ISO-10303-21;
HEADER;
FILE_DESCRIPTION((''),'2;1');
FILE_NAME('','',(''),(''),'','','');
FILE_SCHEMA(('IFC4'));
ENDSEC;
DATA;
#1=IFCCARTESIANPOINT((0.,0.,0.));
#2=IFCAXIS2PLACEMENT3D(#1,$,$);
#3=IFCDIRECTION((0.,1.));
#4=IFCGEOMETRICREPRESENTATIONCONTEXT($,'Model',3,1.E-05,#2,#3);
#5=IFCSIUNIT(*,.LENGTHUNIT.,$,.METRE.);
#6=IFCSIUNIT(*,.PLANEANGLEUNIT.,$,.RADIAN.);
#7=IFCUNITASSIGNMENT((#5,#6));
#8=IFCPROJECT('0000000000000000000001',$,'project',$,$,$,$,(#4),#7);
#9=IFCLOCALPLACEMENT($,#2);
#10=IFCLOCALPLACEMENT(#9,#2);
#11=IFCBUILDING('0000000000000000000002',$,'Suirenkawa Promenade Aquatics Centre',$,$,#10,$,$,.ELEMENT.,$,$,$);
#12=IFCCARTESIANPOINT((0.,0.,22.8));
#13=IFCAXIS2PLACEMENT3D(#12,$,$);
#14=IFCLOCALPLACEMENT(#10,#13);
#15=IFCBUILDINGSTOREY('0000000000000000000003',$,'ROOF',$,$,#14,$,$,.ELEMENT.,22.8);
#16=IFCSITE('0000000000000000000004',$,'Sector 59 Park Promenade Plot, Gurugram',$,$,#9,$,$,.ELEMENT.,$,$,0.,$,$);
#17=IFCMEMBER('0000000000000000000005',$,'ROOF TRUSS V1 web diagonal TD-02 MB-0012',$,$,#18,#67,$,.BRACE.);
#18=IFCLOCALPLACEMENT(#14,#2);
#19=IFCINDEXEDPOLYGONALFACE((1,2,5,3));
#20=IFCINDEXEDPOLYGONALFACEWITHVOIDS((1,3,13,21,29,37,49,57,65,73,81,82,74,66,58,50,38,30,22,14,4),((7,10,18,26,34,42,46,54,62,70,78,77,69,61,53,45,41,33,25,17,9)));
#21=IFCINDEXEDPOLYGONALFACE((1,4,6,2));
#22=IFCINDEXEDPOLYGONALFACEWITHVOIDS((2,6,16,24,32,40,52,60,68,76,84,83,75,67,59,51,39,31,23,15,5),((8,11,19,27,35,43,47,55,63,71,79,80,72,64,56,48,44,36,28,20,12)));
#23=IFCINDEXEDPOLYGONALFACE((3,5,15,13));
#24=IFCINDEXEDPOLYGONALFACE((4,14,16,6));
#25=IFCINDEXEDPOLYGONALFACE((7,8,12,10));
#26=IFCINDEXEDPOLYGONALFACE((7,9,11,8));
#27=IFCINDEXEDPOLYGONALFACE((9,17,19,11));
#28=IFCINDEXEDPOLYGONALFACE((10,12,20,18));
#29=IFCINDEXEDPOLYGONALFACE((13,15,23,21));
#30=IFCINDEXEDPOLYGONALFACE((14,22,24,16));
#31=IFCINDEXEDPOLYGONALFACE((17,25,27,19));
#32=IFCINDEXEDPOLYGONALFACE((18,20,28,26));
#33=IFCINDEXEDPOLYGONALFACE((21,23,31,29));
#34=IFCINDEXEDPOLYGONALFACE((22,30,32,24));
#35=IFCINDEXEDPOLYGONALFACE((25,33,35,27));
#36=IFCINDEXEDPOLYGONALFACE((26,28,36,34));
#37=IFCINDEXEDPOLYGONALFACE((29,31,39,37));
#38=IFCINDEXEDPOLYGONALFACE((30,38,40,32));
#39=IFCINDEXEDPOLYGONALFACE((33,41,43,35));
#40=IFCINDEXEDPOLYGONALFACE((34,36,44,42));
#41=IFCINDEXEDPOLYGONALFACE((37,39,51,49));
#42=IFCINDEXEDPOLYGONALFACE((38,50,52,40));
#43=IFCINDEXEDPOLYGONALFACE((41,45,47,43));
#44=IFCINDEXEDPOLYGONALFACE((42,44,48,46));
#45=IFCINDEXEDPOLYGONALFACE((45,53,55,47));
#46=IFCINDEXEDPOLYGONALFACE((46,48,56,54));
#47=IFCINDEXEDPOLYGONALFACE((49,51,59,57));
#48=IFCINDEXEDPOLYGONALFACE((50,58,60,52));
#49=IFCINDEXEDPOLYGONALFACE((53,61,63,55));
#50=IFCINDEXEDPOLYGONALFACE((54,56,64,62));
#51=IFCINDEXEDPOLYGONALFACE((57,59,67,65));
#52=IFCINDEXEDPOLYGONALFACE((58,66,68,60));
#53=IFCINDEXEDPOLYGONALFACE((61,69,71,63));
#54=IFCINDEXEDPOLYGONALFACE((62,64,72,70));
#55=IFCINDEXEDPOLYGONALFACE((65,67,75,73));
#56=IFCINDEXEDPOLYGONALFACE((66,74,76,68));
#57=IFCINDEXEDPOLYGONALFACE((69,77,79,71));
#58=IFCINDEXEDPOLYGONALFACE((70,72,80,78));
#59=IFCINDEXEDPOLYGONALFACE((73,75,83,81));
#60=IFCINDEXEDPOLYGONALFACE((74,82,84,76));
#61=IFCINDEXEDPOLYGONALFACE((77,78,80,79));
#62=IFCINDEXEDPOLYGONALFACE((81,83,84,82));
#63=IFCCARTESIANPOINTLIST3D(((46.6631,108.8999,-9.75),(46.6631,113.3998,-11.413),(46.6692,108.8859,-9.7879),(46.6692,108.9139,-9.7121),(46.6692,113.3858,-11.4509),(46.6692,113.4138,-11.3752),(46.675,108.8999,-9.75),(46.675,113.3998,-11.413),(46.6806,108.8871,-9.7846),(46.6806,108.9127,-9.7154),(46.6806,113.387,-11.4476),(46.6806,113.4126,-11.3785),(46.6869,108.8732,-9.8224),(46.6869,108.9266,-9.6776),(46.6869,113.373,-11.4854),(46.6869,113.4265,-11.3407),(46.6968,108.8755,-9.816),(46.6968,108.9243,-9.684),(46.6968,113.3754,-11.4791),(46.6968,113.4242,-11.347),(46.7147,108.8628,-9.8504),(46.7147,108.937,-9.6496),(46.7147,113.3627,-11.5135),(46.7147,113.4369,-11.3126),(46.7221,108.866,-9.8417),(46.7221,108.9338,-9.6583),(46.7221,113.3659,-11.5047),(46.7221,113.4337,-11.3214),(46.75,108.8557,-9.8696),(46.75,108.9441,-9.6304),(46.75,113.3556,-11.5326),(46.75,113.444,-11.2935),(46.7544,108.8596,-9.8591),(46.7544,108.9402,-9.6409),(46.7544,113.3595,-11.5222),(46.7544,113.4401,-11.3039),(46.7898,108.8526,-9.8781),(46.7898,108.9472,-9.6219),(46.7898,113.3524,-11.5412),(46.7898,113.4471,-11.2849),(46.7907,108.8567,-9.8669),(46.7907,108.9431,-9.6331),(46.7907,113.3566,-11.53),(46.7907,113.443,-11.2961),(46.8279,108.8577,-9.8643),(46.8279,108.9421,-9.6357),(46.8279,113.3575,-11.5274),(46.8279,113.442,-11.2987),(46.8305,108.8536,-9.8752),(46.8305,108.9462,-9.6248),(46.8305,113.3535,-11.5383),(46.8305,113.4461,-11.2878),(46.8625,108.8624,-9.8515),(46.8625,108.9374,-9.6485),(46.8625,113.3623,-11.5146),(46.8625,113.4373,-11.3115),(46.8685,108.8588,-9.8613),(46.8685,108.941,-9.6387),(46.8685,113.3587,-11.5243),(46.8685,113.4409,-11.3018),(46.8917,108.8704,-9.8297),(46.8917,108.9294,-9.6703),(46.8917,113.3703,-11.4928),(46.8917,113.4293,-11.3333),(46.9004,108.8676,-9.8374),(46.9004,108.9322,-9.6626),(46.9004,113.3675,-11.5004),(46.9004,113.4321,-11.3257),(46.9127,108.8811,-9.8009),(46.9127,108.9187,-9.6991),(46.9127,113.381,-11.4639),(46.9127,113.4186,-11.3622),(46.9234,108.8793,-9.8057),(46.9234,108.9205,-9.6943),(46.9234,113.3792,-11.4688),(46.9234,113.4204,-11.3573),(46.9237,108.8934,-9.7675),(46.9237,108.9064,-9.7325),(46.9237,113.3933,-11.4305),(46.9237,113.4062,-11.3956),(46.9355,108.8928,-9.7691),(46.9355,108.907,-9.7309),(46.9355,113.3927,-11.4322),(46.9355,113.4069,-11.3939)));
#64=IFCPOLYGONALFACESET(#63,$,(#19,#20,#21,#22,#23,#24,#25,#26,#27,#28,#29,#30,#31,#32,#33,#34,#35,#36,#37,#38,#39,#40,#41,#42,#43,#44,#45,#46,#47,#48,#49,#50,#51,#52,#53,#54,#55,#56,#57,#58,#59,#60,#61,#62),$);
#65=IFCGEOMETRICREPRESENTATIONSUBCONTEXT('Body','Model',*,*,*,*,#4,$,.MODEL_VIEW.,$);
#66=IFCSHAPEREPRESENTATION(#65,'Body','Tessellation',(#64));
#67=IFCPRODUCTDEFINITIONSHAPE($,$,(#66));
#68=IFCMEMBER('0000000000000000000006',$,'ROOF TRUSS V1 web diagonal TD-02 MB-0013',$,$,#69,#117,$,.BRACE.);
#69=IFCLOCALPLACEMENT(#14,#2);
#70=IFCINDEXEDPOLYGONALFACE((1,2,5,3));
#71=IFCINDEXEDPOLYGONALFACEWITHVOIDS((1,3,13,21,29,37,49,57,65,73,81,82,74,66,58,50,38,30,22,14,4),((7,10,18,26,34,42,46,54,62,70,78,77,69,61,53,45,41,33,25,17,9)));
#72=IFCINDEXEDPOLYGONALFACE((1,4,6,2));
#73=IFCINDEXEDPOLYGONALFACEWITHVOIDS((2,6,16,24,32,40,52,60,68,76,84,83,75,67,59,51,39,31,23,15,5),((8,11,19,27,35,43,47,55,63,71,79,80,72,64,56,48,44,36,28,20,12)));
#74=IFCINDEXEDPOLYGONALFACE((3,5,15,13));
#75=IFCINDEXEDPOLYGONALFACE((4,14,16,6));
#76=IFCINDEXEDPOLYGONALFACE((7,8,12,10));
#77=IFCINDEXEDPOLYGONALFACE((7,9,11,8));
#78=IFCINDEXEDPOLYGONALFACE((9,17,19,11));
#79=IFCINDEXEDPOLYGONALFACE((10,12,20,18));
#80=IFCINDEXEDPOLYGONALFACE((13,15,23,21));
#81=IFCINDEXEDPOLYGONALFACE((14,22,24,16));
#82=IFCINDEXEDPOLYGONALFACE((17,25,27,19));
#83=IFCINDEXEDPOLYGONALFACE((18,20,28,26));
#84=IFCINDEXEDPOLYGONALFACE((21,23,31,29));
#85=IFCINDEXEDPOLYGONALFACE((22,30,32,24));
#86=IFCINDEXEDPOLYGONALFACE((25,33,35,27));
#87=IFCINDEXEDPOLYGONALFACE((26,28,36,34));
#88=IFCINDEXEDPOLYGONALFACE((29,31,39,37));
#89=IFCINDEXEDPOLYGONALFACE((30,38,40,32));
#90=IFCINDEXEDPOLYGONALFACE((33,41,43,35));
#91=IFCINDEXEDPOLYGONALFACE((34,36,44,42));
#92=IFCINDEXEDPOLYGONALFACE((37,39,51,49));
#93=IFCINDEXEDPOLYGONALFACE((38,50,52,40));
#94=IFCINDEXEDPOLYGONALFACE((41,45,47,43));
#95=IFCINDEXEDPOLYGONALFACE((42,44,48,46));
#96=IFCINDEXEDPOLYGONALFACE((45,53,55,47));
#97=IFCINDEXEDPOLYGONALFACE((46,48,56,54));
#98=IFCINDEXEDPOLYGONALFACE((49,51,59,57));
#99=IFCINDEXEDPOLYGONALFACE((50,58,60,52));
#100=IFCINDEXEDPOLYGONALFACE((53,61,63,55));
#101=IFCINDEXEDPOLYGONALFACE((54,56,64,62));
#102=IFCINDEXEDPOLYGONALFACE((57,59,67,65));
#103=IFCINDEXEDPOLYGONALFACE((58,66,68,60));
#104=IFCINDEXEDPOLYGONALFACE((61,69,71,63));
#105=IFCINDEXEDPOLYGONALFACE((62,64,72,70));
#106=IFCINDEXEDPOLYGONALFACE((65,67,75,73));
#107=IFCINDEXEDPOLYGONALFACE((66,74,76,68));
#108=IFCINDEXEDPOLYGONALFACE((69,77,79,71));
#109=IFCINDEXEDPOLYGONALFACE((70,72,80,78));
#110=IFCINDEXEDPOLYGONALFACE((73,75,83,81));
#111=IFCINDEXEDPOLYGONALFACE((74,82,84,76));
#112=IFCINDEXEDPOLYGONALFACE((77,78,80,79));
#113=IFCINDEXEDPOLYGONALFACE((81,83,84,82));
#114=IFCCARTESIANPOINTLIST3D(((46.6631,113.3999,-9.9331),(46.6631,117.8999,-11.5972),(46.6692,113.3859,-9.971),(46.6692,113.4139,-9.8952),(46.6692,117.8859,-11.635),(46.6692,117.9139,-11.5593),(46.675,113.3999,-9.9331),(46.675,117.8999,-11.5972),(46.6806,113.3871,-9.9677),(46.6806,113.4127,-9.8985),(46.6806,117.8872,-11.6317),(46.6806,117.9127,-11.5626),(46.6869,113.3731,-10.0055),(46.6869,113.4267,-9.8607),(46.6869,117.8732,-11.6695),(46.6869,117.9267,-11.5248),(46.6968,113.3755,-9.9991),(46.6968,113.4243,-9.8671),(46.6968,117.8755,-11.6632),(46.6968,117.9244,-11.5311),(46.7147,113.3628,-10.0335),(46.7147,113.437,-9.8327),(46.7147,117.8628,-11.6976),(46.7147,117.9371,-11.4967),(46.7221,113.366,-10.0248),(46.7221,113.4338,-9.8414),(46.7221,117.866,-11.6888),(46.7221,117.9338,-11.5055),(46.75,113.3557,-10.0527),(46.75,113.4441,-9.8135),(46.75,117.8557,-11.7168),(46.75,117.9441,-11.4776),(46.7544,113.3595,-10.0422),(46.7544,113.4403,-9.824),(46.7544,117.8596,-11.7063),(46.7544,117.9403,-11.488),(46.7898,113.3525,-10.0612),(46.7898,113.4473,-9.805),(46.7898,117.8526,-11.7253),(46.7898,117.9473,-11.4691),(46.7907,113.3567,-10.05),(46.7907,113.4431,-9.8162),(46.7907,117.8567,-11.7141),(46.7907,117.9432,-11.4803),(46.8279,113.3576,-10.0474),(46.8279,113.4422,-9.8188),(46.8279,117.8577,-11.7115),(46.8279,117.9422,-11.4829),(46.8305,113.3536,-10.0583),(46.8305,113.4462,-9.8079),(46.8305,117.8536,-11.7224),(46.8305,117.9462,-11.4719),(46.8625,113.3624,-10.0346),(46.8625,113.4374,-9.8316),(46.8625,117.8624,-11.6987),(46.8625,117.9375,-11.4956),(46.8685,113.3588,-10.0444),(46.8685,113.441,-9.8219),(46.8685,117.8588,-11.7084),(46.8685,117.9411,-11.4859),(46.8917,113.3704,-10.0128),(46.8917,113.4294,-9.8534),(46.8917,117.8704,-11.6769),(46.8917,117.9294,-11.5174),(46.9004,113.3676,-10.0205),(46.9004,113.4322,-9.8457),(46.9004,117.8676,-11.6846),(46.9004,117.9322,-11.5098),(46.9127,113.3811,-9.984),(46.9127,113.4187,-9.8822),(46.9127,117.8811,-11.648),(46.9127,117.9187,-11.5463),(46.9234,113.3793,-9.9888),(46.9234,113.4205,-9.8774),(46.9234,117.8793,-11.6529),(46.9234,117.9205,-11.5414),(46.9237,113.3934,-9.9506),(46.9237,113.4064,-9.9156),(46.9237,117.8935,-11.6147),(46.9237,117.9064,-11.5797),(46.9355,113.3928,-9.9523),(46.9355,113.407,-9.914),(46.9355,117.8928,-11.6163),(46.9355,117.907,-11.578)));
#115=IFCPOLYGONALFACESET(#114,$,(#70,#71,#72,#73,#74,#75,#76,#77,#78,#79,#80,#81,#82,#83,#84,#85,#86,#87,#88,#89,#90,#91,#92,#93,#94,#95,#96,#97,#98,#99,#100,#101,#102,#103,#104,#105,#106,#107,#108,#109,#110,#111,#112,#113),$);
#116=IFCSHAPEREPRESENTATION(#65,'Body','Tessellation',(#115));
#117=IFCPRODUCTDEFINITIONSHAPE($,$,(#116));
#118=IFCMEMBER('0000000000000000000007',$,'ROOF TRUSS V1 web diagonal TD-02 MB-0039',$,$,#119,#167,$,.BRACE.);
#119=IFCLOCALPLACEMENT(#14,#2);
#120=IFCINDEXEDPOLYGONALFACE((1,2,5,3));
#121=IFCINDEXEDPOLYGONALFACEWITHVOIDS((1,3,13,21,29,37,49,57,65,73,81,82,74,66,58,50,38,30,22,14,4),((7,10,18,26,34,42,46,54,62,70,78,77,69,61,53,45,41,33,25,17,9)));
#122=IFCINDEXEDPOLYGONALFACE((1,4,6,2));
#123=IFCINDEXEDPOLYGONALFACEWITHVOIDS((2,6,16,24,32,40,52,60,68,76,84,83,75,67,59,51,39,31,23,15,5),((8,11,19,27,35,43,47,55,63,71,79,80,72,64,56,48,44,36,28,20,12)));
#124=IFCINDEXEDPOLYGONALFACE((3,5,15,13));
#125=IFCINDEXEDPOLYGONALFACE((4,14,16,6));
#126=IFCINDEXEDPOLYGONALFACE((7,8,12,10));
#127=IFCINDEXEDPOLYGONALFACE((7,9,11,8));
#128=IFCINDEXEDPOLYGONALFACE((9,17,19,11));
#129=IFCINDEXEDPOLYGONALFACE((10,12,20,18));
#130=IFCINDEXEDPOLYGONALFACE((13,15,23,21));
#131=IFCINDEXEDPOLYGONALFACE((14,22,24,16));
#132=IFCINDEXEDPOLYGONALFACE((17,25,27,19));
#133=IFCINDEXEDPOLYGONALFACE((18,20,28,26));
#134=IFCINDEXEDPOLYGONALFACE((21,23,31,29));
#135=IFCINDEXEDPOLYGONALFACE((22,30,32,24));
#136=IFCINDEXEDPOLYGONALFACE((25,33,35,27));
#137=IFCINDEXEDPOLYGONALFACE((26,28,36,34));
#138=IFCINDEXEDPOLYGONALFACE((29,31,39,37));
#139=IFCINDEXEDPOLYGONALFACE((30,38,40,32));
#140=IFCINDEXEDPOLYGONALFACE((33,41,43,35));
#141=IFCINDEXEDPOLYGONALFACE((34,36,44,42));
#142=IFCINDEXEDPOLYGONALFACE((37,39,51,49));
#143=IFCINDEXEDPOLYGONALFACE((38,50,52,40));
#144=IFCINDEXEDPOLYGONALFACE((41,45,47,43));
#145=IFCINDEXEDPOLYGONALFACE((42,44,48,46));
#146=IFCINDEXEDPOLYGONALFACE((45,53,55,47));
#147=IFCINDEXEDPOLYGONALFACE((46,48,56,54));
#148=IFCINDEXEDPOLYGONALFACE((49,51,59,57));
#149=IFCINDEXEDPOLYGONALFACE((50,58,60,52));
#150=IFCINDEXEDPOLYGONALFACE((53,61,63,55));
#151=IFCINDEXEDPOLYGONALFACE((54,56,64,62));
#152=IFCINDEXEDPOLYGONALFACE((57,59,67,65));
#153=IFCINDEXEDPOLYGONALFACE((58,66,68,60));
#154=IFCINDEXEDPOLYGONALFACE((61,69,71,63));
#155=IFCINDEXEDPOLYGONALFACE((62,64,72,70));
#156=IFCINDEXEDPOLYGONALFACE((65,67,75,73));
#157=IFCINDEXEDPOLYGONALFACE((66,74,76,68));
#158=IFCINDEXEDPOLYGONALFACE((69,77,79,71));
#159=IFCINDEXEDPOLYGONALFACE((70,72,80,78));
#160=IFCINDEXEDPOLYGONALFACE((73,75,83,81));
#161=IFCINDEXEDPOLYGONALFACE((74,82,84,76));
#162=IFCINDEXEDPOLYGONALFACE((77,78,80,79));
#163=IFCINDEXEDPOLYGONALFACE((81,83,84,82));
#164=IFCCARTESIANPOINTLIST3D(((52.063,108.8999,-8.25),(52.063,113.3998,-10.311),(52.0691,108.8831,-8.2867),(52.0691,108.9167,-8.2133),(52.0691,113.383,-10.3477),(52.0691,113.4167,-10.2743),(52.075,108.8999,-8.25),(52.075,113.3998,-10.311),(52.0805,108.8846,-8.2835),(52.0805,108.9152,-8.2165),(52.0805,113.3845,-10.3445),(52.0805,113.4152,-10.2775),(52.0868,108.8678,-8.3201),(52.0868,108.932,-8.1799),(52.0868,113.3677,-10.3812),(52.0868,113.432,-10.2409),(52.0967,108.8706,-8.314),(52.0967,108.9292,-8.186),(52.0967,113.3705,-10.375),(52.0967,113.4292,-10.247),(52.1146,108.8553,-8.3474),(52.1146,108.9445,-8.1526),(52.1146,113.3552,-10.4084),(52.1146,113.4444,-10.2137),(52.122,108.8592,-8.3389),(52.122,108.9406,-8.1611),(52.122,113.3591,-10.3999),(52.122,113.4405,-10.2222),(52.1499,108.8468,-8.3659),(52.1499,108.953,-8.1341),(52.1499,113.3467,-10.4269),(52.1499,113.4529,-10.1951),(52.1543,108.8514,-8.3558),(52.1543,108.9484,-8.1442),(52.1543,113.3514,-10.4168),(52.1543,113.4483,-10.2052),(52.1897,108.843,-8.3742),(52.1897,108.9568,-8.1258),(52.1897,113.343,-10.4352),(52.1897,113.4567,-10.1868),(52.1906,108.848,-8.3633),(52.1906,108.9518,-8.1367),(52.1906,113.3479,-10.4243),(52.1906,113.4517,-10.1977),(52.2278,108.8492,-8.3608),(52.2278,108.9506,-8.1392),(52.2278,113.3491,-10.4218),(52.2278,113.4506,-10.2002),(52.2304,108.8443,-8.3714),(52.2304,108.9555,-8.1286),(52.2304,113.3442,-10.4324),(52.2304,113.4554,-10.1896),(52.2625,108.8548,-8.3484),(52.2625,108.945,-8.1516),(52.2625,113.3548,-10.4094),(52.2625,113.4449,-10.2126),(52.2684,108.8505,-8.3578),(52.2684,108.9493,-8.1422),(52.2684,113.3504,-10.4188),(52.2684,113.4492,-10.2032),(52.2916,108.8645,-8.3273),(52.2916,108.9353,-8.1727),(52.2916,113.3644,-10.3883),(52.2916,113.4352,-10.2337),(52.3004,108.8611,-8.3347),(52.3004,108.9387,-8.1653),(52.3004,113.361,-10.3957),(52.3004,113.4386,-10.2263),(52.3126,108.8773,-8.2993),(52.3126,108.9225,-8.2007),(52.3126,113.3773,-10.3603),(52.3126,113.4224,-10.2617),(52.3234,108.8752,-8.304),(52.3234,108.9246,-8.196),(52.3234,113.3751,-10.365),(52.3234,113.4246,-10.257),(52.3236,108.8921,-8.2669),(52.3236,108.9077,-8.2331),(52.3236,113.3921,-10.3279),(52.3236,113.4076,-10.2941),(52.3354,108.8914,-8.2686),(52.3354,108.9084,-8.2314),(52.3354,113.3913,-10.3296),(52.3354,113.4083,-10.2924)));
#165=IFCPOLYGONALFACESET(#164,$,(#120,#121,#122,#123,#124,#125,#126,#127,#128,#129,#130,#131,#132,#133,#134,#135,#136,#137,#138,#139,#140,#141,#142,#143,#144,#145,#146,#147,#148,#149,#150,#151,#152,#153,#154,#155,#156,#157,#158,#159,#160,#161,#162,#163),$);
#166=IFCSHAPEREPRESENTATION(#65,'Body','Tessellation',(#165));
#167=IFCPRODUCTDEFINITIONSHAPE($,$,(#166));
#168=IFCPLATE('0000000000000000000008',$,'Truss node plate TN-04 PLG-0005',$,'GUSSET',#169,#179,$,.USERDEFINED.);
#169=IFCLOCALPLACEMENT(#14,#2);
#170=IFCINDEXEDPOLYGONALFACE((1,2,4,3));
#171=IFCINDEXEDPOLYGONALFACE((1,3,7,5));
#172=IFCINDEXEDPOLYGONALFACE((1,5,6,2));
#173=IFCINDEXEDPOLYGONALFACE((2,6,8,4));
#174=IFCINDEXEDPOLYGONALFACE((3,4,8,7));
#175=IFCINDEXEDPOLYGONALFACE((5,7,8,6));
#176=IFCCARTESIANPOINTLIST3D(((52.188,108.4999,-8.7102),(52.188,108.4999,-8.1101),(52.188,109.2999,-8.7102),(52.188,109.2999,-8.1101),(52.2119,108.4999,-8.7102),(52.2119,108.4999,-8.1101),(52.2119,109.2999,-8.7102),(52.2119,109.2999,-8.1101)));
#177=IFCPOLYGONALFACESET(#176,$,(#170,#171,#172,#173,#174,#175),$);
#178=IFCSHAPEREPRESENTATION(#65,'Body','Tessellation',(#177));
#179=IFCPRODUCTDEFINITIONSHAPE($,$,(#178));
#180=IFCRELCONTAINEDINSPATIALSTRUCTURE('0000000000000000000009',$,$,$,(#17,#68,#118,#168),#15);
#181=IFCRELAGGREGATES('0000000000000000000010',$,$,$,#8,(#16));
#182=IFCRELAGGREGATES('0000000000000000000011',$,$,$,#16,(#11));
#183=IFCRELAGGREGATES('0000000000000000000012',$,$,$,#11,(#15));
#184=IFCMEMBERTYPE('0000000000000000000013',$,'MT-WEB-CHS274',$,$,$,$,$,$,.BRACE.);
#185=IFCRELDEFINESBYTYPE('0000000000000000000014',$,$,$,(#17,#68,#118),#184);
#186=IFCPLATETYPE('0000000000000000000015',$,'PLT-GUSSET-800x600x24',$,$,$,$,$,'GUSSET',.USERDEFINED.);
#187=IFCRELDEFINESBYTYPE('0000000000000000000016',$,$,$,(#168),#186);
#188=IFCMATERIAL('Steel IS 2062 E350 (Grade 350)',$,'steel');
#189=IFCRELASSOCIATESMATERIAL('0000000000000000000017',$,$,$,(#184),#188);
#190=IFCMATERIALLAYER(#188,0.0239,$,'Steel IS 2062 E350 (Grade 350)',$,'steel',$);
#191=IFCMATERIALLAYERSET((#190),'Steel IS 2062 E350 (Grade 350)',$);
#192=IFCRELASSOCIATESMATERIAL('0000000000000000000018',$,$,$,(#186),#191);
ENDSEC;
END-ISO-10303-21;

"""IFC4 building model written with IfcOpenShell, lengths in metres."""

from ifc_helpers import new_model, si_unit, direction, frame, origin, origin_2d, place, context, subcontext, project, spatial, rectangle, hollow_circle, extrude, material, layer, layer_set, material_profile, profile_set, type_object, element, save


model = new_model("IFC4")

# Units and contexts
model_context = context("Model", 3, precision=1e-05, world=origin(), true_north=direction((0.0, 1.0)))
body_context = subcontext(model_context, "Body", "Model", "MODEL_VIEW")
ifc_project = project(units=[si_unit("LENGTHUNIT", "METRE"), si_unit("PLANEANGLEUNIT", "RADIAN")], contexts=[model_context])

# Site, building, storey
site_placement = place(None, origin())
site = spatial("IfcSite", under=ifc_project, at=site_placement, Name="Sector 59 Park Promenade Plot, Gurugram", CompositionType="ELEMENT", RefElevation=0.0)
building_placement = place(site_placement, origin())
building = spatial("IfcBuilding", under=site, at=building_placement, Name="Suirenkawa Promenade Aquatics Centre", CompositionType="ELEMENT")
storey_placement = place(building_placement, frame((0.0, 0.0, 22.8)))
storey = spatial("IfcBuildingStorey", under=building, at=storey_placement, Name="ROOF", CompositionType="ELEMENT", Elevation=22.8)

# Shared definitions
ifc_material = material(Name="Steel IS 2062 E350 (Grade 350)", Category="steel")

# Members
ifc_material_profile_1 = material_profile(ifc_material, hollow_circle(Radius=0.137, WallThickness=0.012, at=origin_2d()), Name="CHS 274x12", Category="steel")
ifc_profile_set_1 = profile_set([ifc_material_profile_1], Name="Steel IS 2062 E350 (Grade 350)")
member_type_1 = type_object("IfcMemberType", Name="MT-WEB-CHS274", PredefinedType="BRACE", material=ifc_profile_set_1)
member_1_placement = place(storey_placement, frame((46.8, 108.8999, -9.75), z_axis=(0.0, 0.937992, -0.346658), x_axis=(-1.0, 0.0, 0.0)))
element("IfcMember", 1, at=member_1_placement, inside=storey, type_object=member_type_1, Name="ROOF TRUSS V1 web diagonal TD-02 MB-0012", PredefinedType="BRACE", context=body_context, shape_type="SweptSolid", body=[
    extrude(hollow_circle(Radius=0.137, WallThickness=0.012, at=origin_2d()), origin(), (0.0, 0.0, 1.0), 4.7974),
])
member_2_placement = place(storey_placement, frame((46.8, 113.3999, -9.9331), z_axis=(0.0, 0.937925, -0.346837), x_axis=(-1.0, 0.0, 0.0)))
element("IfcMember", 2, at=member_2_placement, inside=storey, type_object=member_type_1, Name="ROOF TRUSS V1 web diagonal TD-02 MB-0013", PredefinedType="BRACE", context=body_context, shape_type="SweptSolid", body=[
    extrude(hollow_circle(Radius=0.137, WallThickness=0.012, at=origin_2d()), origin(), (0.0, 0.0, 1.0), 4.7979),
])
member_3_placement = place(storey_placement, frame((52.2, 108.8999, -8.25), z_axis=(0.0, 0.909177, -0.41641), x_axis=(-1.0, 0.0, 0.0)))
element("IfcMember", 3, at=member_3_placement, inside=storey, type_object=member_type_1, Name="ROOF TRUSS V1 web diagonal TD-02 MB-0039", PredefinedType="BRACE", context=body_context, shape_type="SweptSolid", body=[
    extrude(hollow_circle(Radius=0.137, WallThickness=0.012, at=origin_2d()), origin(), (0.0, 0.0, 1.0), 4.9495),
])

# Plate
ifc_layer = layer(ifc_material, 0.0239, Name="Steel IS 2062 E350 (Grade 350)", Category="steel")
ifc_layer_set = layer_set([ifc_layer], Name="Steel IS 2062 E350 (Grade 350)")
plate_type = type_object("IfcPlateType", Name="PLT-GUSSET-800x600x24", ElementType="GUSSET", PredefinedType="USERDEFINED", material=ifc_layer_set)
plate_placement = place(storey_placement, frame((52.2, 108.8999, -8.7102), z_axis=(0.0, 0.0, 1.0), x_axis=(0.0, 1.0, 0.0)))
element("IfcPlate", 4, at=plate_placement, inside=storey, type_object=plate_type, Name="Truss node plate TN-04 PLG-0005", ObjectType="GUSSET", PredefinedType="USERDEFINED", context=body_context, shape_type="SweptSolid", body=[
    extrude(rectangle(XDim=0.8, YDim=0.0239, at=origin_2d()), origin(), (0.0, 0.0, 1.0), 0.6001),
])

save(model, "model.ifc")
